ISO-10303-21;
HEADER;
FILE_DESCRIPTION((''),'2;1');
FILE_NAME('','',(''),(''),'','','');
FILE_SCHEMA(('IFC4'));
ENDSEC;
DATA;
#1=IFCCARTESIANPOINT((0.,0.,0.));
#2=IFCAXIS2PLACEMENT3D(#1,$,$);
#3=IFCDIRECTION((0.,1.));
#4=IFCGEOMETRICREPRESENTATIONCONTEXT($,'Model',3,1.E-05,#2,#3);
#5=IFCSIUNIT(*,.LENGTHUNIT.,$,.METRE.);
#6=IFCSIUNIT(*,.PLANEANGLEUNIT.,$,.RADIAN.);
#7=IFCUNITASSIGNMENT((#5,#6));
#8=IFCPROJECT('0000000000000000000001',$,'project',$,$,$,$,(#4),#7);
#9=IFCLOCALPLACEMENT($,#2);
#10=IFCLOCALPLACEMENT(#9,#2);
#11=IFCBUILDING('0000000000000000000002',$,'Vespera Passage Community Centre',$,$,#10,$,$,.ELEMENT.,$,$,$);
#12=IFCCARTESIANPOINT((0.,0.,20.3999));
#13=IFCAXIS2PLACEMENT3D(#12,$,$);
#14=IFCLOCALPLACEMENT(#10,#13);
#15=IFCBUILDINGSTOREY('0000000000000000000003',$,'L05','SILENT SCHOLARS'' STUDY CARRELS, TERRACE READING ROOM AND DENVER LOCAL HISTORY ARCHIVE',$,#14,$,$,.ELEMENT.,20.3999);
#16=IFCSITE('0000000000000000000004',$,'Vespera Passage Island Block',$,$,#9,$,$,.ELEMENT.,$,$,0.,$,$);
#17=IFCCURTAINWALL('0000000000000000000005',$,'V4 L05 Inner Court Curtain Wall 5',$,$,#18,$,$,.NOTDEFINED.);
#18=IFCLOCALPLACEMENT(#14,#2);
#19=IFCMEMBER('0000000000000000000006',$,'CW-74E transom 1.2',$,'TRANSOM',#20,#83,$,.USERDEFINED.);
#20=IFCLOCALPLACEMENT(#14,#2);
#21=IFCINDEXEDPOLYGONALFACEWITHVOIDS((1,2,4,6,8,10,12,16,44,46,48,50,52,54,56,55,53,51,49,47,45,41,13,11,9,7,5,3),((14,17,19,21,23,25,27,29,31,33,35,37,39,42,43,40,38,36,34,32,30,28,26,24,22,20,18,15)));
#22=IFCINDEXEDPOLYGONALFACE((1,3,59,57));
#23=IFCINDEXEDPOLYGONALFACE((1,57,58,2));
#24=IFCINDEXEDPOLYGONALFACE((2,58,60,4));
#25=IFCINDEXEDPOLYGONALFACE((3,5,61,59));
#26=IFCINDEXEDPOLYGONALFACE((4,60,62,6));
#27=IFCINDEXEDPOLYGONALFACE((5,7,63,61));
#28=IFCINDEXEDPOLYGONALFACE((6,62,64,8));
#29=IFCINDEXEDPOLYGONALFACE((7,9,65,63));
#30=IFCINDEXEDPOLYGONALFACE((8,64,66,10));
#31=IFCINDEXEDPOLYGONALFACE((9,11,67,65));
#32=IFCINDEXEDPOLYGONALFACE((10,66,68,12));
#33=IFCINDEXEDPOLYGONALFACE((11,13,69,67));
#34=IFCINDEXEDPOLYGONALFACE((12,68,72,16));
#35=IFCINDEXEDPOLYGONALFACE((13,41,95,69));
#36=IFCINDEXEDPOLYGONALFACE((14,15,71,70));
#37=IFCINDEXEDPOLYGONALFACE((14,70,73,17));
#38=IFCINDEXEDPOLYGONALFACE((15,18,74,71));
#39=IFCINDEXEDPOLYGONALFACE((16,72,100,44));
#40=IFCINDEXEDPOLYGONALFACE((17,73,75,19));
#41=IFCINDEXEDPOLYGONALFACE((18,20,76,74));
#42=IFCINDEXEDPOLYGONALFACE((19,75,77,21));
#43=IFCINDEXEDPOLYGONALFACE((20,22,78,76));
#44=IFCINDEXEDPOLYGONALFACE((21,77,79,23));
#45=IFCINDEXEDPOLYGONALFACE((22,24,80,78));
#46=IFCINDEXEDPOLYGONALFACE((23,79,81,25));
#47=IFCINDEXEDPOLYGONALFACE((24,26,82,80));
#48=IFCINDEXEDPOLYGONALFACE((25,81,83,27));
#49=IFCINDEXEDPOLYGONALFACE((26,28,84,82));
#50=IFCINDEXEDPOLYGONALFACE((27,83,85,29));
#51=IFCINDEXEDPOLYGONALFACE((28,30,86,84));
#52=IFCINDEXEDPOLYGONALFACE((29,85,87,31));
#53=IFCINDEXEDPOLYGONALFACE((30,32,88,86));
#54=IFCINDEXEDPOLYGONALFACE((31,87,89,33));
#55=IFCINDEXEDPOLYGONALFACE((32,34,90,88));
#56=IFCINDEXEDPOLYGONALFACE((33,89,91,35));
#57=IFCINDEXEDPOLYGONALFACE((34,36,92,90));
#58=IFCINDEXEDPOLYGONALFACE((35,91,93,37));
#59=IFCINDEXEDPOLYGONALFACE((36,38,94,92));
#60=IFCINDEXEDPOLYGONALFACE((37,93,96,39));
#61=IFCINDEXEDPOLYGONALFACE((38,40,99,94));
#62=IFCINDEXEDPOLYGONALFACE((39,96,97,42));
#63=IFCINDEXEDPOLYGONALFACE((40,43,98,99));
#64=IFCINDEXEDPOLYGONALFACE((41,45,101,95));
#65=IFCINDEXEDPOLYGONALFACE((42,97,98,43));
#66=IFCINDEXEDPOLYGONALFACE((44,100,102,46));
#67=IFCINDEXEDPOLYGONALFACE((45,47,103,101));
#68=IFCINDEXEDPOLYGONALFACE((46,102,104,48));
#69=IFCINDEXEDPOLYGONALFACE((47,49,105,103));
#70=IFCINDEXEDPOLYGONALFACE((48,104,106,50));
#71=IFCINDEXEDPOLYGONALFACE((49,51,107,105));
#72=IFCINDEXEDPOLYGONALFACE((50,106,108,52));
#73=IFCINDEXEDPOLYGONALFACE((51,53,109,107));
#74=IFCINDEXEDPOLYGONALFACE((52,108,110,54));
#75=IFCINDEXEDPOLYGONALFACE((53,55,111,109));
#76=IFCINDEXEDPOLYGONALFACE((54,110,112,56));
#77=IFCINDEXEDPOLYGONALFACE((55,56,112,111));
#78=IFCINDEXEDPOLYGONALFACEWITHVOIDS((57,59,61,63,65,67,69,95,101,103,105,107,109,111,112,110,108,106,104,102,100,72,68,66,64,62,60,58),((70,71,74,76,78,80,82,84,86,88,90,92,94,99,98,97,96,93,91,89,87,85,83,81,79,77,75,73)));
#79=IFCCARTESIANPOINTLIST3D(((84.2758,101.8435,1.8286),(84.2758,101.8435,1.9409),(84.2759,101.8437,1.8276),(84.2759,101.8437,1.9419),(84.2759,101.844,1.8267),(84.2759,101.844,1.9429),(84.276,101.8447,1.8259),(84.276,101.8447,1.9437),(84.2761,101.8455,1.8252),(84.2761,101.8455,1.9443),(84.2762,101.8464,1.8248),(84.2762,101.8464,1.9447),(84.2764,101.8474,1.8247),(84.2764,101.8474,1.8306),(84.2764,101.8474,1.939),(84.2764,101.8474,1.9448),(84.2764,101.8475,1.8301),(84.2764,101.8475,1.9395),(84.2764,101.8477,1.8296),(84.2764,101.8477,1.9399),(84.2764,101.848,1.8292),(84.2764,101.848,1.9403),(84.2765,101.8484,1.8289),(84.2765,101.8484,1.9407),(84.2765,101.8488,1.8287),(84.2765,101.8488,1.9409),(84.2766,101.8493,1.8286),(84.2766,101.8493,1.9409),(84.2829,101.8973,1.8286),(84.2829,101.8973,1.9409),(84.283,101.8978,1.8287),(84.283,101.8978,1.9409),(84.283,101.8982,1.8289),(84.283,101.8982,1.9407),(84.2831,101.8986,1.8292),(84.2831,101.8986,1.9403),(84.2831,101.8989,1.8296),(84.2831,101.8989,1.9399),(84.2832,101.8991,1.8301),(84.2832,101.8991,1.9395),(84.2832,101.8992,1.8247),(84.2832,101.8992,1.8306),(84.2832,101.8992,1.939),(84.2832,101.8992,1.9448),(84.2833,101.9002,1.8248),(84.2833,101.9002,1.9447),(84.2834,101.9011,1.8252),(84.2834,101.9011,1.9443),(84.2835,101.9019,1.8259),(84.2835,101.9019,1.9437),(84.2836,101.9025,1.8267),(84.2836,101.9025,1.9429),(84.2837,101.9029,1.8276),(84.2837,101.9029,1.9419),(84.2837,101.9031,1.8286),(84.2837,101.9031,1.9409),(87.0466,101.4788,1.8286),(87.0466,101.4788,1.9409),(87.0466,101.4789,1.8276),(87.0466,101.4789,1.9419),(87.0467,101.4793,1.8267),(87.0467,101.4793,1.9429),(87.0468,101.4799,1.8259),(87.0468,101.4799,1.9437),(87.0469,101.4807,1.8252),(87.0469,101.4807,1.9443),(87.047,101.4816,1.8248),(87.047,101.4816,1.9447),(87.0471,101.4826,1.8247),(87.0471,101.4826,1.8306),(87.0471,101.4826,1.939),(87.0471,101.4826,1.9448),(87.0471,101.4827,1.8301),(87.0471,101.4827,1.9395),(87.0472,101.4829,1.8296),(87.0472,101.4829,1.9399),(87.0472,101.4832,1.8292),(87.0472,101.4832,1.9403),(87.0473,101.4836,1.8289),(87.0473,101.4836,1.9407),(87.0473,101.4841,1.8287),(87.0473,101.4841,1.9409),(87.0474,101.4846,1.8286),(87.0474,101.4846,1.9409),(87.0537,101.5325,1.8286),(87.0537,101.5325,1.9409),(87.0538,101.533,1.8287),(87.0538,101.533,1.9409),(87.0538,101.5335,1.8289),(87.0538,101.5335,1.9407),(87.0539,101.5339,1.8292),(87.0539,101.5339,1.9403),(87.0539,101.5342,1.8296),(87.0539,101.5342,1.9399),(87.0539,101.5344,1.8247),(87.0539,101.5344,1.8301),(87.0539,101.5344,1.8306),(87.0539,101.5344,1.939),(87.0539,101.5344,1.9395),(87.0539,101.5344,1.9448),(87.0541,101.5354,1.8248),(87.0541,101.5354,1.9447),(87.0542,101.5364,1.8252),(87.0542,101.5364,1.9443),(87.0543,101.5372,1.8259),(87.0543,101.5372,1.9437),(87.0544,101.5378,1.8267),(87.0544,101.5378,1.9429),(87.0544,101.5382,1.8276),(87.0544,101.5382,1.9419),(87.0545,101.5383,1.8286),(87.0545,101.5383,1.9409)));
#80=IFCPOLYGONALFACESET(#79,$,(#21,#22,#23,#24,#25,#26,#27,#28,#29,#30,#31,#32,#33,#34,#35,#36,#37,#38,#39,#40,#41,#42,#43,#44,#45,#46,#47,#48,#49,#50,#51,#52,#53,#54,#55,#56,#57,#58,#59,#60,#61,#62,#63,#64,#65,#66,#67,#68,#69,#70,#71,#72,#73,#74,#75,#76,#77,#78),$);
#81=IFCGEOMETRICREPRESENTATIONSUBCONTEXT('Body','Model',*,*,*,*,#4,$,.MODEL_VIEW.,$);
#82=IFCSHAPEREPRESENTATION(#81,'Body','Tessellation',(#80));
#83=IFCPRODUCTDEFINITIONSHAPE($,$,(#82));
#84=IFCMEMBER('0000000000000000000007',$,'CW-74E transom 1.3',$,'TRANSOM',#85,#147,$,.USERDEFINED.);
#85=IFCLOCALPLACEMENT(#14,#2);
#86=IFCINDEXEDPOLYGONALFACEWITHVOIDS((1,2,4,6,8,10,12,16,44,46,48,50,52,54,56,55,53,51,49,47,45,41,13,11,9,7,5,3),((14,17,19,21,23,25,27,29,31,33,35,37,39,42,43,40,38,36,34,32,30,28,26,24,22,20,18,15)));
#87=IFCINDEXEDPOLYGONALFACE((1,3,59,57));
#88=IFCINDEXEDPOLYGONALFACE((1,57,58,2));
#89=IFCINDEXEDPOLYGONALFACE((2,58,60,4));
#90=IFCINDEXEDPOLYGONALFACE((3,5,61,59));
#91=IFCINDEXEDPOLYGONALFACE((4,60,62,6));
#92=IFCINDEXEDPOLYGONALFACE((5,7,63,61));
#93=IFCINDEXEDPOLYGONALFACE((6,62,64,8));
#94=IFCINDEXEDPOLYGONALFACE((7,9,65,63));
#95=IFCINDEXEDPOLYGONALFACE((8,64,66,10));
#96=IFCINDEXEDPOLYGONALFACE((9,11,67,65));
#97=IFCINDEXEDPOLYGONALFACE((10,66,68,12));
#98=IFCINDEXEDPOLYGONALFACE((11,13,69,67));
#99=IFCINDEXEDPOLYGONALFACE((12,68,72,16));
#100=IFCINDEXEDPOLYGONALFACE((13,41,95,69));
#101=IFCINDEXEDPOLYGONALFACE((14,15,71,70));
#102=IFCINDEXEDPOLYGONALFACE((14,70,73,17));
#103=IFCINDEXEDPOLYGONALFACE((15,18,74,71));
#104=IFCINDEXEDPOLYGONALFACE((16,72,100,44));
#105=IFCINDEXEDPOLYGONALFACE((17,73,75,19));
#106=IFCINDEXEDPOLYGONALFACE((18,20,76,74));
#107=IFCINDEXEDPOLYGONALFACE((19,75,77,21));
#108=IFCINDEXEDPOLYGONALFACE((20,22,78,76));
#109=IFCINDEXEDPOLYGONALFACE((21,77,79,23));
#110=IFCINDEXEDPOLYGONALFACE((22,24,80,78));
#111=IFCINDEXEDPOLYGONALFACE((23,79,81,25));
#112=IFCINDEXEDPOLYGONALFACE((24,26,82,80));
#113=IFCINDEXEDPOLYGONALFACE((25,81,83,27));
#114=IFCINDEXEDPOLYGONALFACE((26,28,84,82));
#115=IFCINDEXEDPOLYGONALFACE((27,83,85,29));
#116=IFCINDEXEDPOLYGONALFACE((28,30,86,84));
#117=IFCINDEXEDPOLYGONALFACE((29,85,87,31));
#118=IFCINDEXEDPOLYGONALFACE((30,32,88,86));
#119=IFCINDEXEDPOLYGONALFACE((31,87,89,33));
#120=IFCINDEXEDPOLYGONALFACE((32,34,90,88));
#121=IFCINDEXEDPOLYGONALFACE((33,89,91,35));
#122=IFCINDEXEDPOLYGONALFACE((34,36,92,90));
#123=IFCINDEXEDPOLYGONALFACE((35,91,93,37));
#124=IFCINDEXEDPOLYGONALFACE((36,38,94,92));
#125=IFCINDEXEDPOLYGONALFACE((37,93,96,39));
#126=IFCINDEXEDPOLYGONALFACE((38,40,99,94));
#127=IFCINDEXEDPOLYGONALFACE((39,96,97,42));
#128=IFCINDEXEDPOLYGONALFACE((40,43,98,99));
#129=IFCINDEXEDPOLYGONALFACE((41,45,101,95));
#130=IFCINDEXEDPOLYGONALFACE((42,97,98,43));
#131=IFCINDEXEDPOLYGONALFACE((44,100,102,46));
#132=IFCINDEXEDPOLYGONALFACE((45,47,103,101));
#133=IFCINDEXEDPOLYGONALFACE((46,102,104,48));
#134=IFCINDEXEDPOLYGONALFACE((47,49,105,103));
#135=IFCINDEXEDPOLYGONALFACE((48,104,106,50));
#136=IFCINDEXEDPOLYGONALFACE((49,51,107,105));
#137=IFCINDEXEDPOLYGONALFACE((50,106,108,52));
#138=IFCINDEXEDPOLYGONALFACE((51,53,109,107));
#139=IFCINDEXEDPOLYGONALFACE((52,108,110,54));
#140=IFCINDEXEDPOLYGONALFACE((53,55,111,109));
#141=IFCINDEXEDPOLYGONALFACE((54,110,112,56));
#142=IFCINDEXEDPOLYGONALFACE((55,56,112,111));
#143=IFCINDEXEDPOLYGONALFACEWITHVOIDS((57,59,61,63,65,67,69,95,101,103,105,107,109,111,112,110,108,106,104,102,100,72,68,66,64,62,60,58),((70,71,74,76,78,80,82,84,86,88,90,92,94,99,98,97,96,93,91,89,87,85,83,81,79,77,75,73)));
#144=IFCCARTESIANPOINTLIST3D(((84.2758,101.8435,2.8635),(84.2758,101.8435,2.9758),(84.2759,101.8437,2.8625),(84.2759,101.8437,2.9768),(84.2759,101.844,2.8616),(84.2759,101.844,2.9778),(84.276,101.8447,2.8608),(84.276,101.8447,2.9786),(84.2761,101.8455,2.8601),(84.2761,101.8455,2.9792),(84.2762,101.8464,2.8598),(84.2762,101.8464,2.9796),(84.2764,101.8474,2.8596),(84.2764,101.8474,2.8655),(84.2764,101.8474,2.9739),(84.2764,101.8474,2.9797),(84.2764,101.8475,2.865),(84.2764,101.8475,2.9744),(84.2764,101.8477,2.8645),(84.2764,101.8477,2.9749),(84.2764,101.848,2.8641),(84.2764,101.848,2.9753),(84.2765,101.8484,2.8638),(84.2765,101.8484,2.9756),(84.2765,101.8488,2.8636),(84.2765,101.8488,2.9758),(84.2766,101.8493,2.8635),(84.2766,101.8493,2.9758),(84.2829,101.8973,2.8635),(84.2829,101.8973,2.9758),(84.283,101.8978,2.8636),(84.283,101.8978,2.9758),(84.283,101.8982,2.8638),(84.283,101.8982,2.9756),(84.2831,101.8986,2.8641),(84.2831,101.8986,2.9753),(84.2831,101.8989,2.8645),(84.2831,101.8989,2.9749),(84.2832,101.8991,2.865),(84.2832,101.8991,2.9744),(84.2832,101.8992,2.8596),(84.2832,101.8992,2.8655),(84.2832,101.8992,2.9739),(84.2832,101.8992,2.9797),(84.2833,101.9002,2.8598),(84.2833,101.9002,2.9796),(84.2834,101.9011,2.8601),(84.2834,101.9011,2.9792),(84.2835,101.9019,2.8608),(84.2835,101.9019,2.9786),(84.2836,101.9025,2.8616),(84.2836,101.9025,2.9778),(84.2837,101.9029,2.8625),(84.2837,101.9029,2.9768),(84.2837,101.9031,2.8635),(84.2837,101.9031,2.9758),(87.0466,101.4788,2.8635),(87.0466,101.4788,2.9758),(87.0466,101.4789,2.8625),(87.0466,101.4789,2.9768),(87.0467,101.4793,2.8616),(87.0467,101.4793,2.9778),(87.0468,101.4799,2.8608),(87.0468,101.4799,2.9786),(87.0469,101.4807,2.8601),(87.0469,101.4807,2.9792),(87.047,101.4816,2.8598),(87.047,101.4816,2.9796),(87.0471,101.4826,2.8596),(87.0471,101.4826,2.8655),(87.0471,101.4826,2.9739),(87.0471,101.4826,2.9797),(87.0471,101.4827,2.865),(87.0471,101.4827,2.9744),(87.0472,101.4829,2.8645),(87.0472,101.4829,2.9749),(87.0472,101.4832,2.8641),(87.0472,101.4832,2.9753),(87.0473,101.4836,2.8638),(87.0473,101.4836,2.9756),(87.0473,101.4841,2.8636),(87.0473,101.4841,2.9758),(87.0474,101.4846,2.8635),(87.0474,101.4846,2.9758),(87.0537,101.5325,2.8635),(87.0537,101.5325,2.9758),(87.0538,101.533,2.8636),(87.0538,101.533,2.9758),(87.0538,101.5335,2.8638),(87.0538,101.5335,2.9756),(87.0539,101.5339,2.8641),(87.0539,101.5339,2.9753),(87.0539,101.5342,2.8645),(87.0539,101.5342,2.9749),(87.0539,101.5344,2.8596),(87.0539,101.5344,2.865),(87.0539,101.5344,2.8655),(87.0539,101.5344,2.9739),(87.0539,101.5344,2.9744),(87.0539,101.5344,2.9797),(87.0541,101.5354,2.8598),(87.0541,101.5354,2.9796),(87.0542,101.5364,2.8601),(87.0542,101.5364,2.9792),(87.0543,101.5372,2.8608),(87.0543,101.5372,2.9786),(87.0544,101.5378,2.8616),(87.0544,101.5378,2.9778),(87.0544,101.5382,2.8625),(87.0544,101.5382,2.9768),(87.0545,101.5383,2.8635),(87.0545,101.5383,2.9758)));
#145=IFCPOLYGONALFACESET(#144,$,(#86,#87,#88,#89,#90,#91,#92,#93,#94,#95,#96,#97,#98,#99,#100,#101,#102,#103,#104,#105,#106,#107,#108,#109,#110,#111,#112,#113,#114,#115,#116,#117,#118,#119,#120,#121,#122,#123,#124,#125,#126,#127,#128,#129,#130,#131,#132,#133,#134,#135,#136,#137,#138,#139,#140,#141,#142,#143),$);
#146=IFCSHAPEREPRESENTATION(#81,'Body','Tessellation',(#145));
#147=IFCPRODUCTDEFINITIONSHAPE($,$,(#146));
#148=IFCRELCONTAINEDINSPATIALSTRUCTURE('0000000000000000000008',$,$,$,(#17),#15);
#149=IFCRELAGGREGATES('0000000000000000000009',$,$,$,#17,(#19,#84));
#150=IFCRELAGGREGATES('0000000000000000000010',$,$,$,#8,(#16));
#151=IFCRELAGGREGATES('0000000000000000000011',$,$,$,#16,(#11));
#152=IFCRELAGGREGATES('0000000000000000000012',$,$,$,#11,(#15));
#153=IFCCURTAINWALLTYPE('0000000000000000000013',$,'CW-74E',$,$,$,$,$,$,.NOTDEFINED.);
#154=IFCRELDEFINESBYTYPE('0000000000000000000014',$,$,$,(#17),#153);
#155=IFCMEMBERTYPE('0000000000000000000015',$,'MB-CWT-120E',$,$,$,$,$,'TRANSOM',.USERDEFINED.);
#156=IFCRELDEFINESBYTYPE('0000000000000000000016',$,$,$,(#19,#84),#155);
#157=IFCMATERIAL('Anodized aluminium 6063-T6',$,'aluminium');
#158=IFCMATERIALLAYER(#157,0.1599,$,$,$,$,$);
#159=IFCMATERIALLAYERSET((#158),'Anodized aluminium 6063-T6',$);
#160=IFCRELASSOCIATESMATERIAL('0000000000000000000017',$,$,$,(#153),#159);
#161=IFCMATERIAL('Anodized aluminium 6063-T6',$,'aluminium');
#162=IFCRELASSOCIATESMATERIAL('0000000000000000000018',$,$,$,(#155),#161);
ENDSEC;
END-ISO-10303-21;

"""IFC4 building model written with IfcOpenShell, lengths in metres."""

from ifc_helpers import new_model, si_unit, direction, frame, origin, origin_2d, place, context, subcontext, project, spatial, hollow_rectangle, extrude, material, layer, layer_set, material_profile, profile_set, type_object, element, aggregate, save


model = new_model("IFC4")

# Units and contexts
model_context = context("Model", 3, precision=1e-05, world=origin(), true_north=direction((0.0, 1.0)))
body_context = subcontext(model_context, "Body", "Model", "MODEL_VIEW")
ifc_project = project(units=[si_unit("LENGTHUNIT", "METRE"), si_unit("PLANEANGLEUNIT", "RADIAN")], contexts=[model_context])

# Site, building, storey
site_placement = place(None, origin())
site = spatial("IfcSite", under=ifc_project, at=site_placement, Name="Vespera Passage Island Block", CompositionType="ELEMENT", RefElevation=0.0)
building_placement = place(site_placement, origin())
building = spatial("IfcBuilding", under=site, at=building_placement, Name="Vespera Passage Community Centre", CompositionType="ELEMENT")
storey_placement = place(building_placement, frame((0.0, 0.0, 20.3999)))
storey = spatial("IfcBuildingStorey", under=building, at=storey_placement, Name="L05", Description="SILENT SCHOLARS' STUDY CARRELS, TERRACE READING ROOM AND DENVER LOCAL HISTORY ARCHIVE", CompositionType="ELEMENT", Elevation=20.3999)

# Curtain wall
ifc_material_1 = material(Name="Anodized aluminium 6063-T6", Category="aluminium")
ifc_layer_1 = layer(ifc_material_1, 0.1599)
ifc_layer_set_1 = layer_set([ifc_layer_1], Name="Anodized aluminium 6063-T6")
curtain_wall_type_1 = type_object("IfcCurtainWallType", Name="CW-74E", PredefinedType="NOTDEFINED", material=ifc_layer_set_1)
curtain_wall_1_placement = place(storey_placement, origin())
curtain_wall_1 = element("IfcCurtainWall", 1, at=curtain_wall_1_placement, inside=storey, type_object=curtain_wall_type_1, Name="V4 L05 Inner Court Curtain Wall 5", PredefinedType="NOTDEFINED")

# Members
ifc_material_2 = material(Name="Anodized aluminium 6063-T6", Category="aluminium")
ifc_material_profile_1 = material_profile(ifc_material_2, hollow_rectangle(XDim=0.0601, YDim=0.1201, WallThickness=0.0039, InnerFilletRadius=0.002, OuterFilletRadius=0.0039, at=origin_2d()), Name="ALU120X60X4")
ifc_profile_set_1 = profile_set([ifc_material_profile_1], Name="Anodized aluminium 6063-T6")
member_type_1 = type_object("IfcMemberType", Name="MB-CWT-120E", ElementType="TRANSOM", PredefinedType="USERDEFINED", material=ifc_profile_set_1)
member_1_placement = place(storey_placement, frame((87.0505, 101.5085, 1.8848), z_axis=(-0.991446, 0.130516, 0.0), x_axis=(-0.130516, -0.991446, 0.0)))
member_1 = element("IfcMember", 2, at=member_1_placement, type_object=member_type_1, Name="CW-74E transom 1.2", ObjectType="TRANSOM", PredefinedType="USERDEFINED", context=body_context, shape_type="SweptSolid", body=[
    extrude(hollow_rectangle(XDim=0.0601, YDim=0.1201, WallThickness=0.0039, InnerFilletRadius=0.002, OuterFilletRadius=0.0039, at=origin_2d()), origin(), (0.0, 0.0, 1.0), 2.7947),
])
member_2_placement = place(storey_placement, frame((87.0505, 101.5085, 2.9197), z_axis=(-0.991446, 0.130516, 0.0), x_axis=(-0.130516, -0.991446, 0.0)))
member_2 = element("IfcMember", 3, at=member_2_placement, type_object=member_type_1, Name="CW-74E transom 1.3", ObjectType="TRANSOM", PredefinedType="USERDEFINED", context=body_context, shape_type="SweptSolid", body=[
    extrude(hollow_rectangle(XDim=0.0601, YDim=0.1201, WallThickness=0.0039, InnerFilletRadius=0.002, OuterFilletRadius=0.0039, at=origin_2d()), origin(), (0.0, 0.0, 1.0), 2.7947),
])

aggregate(curtain_wall_1, [member_1, member_2])

save(model, "model.ifc")
